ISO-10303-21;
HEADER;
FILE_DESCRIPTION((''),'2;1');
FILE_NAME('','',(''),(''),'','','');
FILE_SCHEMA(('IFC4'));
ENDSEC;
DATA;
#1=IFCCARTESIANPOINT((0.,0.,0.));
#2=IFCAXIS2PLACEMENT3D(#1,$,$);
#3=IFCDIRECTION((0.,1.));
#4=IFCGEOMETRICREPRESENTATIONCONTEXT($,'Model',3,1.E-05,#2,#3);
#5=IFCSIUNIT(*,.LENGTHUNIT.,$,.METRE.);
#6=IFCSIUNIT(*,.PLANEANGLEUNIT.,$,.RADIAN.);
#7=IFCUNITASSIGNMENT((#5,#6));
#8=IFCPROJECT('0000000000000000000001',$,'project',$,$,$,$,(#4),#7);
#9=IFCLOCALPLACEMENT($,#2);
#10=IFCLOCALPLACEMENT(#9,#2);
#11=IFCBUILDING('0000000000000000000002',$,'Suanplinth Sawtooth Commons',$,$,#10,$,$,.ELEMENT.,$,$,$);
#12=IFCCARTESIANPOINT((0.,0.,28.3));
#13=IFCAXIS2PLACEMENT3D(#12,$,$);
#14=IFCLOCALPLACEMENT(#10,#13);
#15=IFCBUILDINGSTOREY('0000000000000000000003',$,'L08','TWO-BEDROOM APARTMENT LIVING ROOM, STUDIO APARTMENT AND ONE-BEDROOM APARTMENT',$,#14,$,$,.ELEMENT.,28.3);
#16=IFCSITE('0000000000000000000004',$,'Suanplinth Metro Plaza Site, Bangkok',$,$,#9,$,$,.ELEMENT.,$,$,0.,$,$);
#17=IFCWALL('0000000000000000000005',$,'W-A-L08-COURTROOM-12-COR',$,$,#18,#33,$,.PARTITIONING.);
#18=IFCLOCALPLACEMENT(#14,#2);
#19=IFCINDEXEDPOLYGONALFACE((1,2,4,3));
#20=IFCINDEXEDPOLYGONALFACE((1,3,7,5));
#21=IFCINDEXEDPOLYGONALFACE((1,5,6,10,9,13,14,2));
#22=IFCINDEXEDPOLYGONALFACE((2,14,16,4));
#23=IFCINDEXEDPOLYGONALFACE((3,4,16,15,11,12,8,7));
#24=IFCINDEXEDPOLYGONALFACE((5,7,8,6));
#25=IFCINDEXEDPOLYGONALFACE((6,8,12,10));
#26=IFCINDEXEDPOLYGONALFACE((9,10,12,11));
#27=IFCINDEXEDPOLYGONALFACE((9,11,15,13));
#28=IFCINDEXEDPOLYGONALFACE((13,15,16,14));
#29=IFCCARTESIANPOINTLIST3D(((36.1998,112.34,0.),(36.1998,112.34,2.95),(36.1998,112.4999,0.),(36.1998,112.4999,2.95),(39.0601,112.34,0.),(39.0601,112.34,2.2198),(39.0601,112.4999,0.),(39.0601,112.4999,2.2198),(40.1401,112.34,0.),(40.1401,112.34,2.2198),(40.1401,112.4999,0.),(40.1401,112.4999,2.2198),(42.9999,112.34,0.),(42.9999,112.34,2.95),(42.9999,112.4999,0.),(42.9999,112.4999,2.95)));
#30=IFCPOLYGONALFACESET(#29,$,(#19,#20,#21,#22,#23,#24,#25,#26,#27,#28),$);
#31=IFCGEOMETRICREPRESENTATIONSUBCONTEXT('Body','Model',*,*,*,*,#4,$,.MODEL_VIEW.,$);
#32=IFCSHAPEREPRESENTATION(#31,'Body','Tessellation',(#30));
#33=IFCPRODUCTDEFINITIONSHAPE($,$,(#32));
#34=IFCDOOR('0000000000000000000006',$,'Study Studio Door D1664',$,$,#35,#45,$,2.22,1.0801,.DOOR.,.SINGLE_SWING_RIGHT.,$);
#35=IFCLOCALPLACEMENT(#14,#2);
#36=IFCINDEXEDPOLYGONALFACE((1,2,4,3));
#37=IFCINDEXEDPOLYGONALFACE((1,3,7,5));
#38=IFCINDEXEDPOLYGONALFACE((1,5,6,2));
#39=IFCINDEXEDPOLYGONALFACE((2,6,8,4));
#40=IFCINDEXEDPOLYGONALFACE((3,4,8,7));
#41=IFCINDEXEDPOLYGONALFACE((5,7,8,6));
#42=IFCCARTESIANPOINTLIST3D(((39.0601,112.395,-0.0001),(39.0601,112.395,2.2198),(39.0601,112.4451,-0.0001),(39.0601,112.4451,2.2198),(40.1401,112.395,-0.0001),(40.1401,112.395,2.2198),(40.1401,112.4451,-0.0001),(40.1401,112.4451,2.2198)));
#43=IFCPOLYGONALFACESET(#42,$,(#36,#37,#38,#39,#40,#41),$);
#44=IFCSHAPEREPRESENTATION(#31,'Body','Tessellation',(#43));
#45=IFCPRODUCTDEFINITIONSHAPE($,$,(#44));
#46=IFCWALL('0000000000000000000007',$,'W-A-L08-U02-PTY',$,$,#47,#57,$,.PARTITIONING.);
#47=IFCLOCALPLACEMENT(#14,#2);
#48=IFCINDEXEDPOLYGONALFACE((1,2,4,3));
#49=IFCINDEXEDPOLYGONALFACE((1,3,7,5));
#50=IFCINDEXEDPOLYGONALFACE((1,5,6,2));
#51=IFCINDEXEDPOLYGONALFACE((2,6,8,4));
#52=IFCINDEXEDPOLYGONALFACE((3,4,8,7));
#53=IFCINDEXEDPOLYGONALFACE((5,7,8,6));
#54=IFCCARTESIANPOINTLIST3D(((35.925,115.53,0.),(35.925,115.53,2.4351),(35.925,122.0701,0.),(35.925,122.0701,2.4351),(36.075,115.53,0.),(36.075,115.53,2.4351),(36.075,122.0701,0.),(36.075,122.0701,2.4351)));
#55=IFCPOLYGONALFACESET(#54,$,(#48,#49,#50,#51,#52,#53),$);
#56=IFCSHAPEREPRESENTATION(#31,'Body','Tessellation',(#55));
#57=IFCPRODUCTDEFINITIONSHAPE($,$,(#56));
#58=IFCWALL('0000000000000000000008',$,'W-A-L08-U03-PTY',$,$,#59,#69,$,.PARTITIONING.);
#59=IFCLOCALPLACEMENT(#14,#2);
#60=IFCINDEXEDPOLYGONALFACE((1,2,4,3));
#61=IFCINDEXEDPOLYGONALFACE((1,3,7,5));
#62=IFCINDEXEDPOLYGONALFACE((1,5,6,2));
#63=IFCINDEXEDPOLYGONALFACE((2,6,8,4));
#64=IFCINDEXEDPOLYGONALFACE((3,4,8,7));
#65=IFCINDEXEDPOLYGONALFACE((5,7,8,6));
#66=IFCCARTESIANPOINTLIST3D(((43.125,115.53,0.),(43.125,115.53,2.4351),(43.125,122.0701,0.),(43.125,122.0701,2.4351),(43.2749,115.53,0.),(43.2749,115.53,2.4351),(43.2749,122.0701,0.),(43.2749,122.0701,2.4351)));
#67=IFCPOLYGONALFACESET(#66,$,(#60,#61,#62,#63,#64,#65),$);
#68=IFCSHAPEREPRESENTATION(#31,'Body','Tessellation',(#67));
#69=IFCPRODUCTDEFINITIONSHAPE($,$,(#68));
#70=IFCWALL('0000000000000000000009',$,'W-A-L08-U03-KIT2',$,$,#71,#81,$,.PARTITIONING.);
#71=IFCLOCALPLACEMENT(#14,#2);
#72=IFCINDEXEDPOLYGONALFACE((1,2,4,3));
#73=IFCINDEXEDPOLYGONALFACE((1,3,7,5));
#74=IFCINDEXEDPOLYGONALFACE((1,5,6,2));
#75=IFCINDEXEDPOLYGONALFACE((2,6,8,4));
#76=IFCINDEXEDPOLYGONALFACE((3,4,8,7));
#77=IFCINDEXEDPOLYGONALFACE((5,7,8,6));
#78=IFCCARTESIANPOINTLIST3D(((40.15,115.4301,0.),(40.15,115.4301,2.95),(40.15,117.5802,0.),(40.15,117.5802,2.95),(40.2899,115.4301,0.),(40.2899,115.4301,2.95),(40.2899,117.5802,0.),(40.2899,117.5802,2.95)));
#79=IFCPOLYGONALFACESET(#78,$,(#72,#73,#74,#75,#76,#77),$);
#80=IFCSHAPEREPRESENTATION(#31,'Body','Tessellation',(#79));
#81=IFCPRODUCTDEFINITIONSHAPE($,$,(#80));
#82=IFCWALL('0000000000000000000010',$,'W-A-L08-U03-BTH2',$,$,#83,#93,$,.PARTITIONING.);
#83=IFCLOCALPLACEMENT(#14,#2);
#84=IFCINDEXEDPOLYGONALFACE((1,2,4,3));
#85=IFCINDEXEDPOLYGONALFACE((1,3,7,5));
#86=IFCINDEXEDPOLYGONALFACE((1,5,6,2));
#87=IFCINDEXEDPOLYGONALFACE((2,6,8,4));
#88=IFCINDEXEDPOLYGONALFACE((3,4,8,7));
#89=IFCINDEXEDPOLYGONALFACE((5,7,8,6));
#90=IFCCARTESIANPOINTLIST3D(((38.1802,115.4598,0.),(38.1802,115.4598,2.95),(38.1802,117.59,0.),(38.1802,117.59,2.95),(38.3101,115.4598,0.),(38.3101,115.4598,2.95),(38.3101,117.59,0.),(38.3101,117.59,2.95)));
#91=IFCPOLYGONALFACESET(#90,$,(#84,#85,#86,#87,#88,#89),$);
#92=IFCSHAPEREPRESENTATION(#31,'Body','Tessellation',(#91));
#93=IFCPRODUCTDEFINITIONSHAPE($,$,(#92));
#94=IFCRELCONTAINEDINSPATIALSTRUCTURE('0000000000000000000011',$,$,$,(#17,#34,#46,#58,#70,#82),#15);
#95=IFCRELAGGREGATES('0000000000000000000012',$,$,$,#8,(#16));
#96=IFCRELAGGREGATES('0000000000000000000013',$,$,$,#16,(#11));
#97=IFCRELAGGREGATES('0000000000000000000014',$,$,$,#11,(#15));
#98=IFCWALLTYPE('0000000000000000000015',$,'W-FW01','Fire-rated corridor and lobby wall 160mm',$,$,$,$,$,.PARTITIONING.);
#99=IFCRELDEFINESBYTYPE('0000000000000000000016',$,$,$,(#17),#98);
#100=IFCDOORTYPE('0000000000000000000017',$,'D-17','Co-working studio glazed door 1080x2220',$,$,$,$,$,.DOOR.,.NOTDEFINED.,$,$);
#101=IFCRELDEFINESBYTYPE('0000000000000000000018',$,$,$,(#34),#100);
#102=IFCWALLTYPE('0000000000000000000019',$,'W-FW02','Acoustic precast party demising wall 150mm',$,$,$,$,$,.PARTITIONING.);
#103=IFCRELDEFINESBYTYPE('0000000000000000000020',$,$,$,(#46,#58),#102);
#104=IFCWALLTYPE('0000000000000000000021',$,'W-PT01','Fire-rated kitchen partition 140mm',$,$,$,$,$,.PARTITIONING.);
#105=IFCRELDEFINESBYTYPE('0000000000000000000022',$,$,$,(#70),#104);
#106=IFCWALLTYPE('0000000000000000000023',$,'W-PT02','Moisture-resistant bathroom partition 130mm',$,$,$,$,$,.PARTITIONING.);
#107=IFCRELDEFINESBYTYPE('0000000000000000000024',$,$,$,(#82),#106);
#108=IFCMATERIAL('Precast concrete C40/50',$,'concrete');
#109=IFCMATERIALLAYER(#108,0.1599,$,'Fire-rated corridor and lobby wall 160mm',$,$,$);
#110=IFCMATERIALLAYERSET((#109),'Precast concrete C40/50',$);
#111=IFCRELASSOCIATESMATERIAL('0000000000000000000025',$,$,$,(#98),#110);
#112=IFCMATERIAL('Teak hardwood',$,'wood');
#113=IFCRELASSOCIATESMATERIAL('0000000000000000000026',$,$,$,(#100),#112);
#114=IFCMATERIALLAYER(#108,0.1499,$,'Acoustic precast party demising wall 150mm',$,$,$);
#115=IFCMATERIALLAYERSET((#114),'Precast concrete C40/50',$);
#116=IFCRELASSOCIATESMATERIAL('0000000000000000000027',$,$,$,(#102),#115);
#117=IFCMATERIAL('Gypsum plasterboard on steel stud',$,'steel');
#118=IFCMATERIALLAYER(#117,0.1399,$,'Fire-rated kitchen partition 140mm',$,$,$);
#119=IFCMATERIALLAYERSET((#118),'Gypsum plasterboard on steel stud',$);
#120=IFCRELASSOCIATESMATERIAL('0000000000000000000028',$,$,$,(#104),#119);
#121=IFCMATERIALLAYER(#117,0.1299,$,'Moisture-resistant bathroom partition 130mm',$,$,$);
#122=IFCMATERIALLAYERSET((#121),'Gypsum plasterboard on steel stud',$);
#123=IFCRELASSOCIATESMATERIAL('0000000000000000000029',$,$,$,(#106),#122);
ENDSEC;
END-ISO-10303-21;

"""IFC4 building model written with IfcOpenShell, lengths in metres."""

from ifc_helpers import new_model, si_unit, direction, frame, frame_2d, origin, place, context, subcontext, project, spatial, rectangle, extrude, material, layer, layer_set, type_object, element, fill, save


model = new_model("IFC4")

# Units and contexts
model_context = context("Model", 3, precision=1e-05, world=origin(), true_north=direction((0.0, 1.0)))
body_context = subcontext(model_context, "Body", "Model", "MODEL_VIEW")
ifc_project = project(units=[si_unit("LENGTHUNIT", "METRE"), si_unit("PLANEANGLEUNIT", "RADIAN")], contexts=[model_context])

# Site, building, storey
site_placement = place(None, origin())
site = spatial("IfcSite", under=ifc_project, at=site_placement, Name="Suanplinth Metro Plaza Site, Bangkok", CompositionType="ELEMENT", RefElevation=0.0)
building_placement = place(site_placement, origin())
building = spatial("IfcBuilding", under=site, at=building_placement, Name="Suanplinth Sawtooth Commons", CompositionType="ELEMENT")
storey_placement = place(building_placement, frame((0.0, 0.0, 28.3)))
storey = spatial("IfcBuildingStorey", under=building, at=storey_placement, Name="L08", Description="TWO-BEDROOM APARTMENT LIVING ROOM, STUDIO APARTMENT AND ONE-BEDROOM APARTMENT", CompositionType="ELEMENT", Elevation=28.3)

# Shared definitions
ifc_material_1 = material(Name="Precast concrete C40/50", Category="concrete")

# Wall, opening, door
ifc_layer_1 = layer(ifc_material_1, 0.1599, Name="Fire-rated corridor and lobby wall 160mm")
ifc_layer_set_1 = layer_set([ifc_layer_1], Name="Precast concrete C40/50")
wall_type_1 = type_object("IfcWallType", Name="W-FW01", Description="Fire-rated corridor and lobby wall 160mm", PredefinedType="PARTITIONING", material=ifc_layer_set_1)
wall_1_placement = place(storey_placement, frame((36.2, 112.4199, 0.0), z_axis=(0.0, 0.0, 1.0), x_axis=(1.0, 0.0, 0.0)))
wall_1 = element("IfcWall", 1, at=wall_1_placement, inside=storey, type_object=wall_type_1, Name="W-A-L08-COURTROOM-12-COR", PredefinedType="PARTITIONING", context=body_context, shape_type="SweptSolid", body=[
    extrude(rectangle(XDim=6.8, YDim=0.1599, at=frame_2d((3.3999, 0.0))), origin(), (0.0, 0.0, 1.0), 2.95),
])
opening_1_placement = place(wall_1_placement, frame((2.8601, 0.0, 0.0)))
opening_1 = element("IfcOpeningElement", 2, at=opening_1_placement, cuts=wall_1, PredefinedType="OPENING", context=body_context, shape_type="SweptSolid", body=[
    extrude(rectangle(XDim=1.0801, YDim=2.22, at=frame_2d((0.54, 1.1099))), frame((0.0, 0.0947, 0.0), z_axis=(0.0, -1.0, 0.0), x_axis=(1.0, 0.0, 0.0)), (0.0, 0.0, 1.0), 0.1897),
])
ifc_material_2 = material(Name="Teak hardwood", Category="wood")
door_type_1 = type_object("IfcDoorType", Name="D-17", Description="Co-working studio glazed door 1080x2220", OperationType="NOTDEFINED", PredefinedType="DOOR", material=ifc_material_2)
door_1_placement = place(opening_1_placement, frame((1.0801, 0.0, 0.0), z_axis=(0.0, 0.0, 1.0), x_axis=(-1.0, 0.0, 0.0)))
door_1 = element("IfcDoor", 3, at=door_1_placement, inside=storey, type_object=door_type_1, Name="Study Studio Door D1664", OperationType="SINGLE_SWING_RIGHT", OverallHeight=2.22, OverallWidth=1.0801, PredefinedType="DOOR", context=body_context, shape_type="SweptSolid", body=[
    extrude(rectangle(XDim=1.0801, YDim=2.22, at=frame_2d((0.54, 1.1099))), frame((0.0, 0.0249, 0.0), z_axis=(0.0, -1.0, 0.0), x_axis=(1.0, 0.0, 0.0)), (0.0, 0.0, 1.0), 0.05),
])
fill(opening_1, door_1)

# Walls
ifc_layer_2 = layer(ifc_material_1, 0.1499, Name="Acoustic precast party demising wall 150mm")
ifc_layer_set_2 = layer_set([ifc_layer_2], Name="Precast concrete C40/50")
wall_type_2 = type_object("IfcWallType", Name="W-FW02", Description="Acoustic precast party demising wall 150mm", PredefinedType="PARTITIONING", material=ifc_layer_set_2)
for number, where, z_axis, x_axis, name in (
    (4, (36.0, 115.53, 0.0), (0.0, 0.0, 1.0), (0.0, 1.0, 0.0), "W-A-L08-U02-PTY"),
    (5, (43.2, 115.53, 0.0), (0.0, 0.0, 1.0), (0.0, 1.0, 0.0), "W-A-L08-U03-PTY"),
):
    element("IfcWall", number, at=place(storey_placement, frame(where, z_axis=z_axis, x_axis=x_axis)), inside=storey, type_object=wall_type_2, Name=name, PredefinedType="PARTITIONING", context=body_context, shape_type="SweptSolid", body=[
        extrude(rectangle(XDim=6.54, YDim=0.1499, at=frame_2d((3.27, 0.0))), origin(), (0.0, 0.0, 1.0), 2.4351),
    ])
ifc_material_3 = material(Name="Gypsum plasterboard on steel stud", Category="steel")
ifc_layer_3 = layer(ifc_material_3, 0.1399, Name="Fire-rated kitchen partition 140mm")
ifc_layer_set_3 = layer_set([ifc_layer_3], Name="Gypsum plasterboard on steel stud")
wall_type_3 = type_object("IfcWallType", Name="W-PT01", Description="Fire-rated kitchen partition 140mm", PredefinedType="PARTITIONING", material=ifc_layer_set_3)
wall_2_placement = place(storey_placement, frame((40.22, 115.4299, 0.0), z_axis=(0.0, 0.0, 1.0), x_axis=(0.0, 1.0, 0.0)))
element("IfcWall", 6, at=wall_2_placement, inside=storey, type_object=wall_type_3, Name="W-A-L08-U03-KIT2", PredefinedType="PARTITIONING", context=body_context, shape_type="SweptSolid", body=[
    extrude(rectangle(XDim=2.1501, YDim=0.1399, at=frame_2d((1.0752, 0.0))), origin(), (0.0, 0.0, 1.0), 2.95),
])
ifc_layer_4 = layer(ifc_material_3, 0.1299, Name="Moisture-resistant bathroom partition 130mm")
ifc_layer_set_4 = layer_set([ifc_layer_4], Name="Gypsum plasterboard on steel stud")
wall_type_4 = type_object("IfcWallType", Name="W-PT02", Description="Moisture-resistant bathroom partition 130mm", PredefinedType="PARTITIONING", material=ifc_layer_set_4)
wall_3_placement = place(storey_placement, frame((38.2451, 115.46, 0.0), z_axis=(0.0, 0.0, 1.0), x_axis=(0.0, 1.0, 0.0)))
element("IfcWall", 7, at=wall_3_placement, inside=storey, type_object=wall_type_4, Name="W-A-L08-U03-BTH2", PredefinedType="PARTITIONING", context=body_context, shape_type="SweptSolid", body=[
    extrude(rectangle(XDim=2.1301, YDim=0.1299, at=frame_2d((1.0649, 0.0))), origin(), (0.0, 0.0, 1.0), 2.95),
])

save(model, "model.ifc")
